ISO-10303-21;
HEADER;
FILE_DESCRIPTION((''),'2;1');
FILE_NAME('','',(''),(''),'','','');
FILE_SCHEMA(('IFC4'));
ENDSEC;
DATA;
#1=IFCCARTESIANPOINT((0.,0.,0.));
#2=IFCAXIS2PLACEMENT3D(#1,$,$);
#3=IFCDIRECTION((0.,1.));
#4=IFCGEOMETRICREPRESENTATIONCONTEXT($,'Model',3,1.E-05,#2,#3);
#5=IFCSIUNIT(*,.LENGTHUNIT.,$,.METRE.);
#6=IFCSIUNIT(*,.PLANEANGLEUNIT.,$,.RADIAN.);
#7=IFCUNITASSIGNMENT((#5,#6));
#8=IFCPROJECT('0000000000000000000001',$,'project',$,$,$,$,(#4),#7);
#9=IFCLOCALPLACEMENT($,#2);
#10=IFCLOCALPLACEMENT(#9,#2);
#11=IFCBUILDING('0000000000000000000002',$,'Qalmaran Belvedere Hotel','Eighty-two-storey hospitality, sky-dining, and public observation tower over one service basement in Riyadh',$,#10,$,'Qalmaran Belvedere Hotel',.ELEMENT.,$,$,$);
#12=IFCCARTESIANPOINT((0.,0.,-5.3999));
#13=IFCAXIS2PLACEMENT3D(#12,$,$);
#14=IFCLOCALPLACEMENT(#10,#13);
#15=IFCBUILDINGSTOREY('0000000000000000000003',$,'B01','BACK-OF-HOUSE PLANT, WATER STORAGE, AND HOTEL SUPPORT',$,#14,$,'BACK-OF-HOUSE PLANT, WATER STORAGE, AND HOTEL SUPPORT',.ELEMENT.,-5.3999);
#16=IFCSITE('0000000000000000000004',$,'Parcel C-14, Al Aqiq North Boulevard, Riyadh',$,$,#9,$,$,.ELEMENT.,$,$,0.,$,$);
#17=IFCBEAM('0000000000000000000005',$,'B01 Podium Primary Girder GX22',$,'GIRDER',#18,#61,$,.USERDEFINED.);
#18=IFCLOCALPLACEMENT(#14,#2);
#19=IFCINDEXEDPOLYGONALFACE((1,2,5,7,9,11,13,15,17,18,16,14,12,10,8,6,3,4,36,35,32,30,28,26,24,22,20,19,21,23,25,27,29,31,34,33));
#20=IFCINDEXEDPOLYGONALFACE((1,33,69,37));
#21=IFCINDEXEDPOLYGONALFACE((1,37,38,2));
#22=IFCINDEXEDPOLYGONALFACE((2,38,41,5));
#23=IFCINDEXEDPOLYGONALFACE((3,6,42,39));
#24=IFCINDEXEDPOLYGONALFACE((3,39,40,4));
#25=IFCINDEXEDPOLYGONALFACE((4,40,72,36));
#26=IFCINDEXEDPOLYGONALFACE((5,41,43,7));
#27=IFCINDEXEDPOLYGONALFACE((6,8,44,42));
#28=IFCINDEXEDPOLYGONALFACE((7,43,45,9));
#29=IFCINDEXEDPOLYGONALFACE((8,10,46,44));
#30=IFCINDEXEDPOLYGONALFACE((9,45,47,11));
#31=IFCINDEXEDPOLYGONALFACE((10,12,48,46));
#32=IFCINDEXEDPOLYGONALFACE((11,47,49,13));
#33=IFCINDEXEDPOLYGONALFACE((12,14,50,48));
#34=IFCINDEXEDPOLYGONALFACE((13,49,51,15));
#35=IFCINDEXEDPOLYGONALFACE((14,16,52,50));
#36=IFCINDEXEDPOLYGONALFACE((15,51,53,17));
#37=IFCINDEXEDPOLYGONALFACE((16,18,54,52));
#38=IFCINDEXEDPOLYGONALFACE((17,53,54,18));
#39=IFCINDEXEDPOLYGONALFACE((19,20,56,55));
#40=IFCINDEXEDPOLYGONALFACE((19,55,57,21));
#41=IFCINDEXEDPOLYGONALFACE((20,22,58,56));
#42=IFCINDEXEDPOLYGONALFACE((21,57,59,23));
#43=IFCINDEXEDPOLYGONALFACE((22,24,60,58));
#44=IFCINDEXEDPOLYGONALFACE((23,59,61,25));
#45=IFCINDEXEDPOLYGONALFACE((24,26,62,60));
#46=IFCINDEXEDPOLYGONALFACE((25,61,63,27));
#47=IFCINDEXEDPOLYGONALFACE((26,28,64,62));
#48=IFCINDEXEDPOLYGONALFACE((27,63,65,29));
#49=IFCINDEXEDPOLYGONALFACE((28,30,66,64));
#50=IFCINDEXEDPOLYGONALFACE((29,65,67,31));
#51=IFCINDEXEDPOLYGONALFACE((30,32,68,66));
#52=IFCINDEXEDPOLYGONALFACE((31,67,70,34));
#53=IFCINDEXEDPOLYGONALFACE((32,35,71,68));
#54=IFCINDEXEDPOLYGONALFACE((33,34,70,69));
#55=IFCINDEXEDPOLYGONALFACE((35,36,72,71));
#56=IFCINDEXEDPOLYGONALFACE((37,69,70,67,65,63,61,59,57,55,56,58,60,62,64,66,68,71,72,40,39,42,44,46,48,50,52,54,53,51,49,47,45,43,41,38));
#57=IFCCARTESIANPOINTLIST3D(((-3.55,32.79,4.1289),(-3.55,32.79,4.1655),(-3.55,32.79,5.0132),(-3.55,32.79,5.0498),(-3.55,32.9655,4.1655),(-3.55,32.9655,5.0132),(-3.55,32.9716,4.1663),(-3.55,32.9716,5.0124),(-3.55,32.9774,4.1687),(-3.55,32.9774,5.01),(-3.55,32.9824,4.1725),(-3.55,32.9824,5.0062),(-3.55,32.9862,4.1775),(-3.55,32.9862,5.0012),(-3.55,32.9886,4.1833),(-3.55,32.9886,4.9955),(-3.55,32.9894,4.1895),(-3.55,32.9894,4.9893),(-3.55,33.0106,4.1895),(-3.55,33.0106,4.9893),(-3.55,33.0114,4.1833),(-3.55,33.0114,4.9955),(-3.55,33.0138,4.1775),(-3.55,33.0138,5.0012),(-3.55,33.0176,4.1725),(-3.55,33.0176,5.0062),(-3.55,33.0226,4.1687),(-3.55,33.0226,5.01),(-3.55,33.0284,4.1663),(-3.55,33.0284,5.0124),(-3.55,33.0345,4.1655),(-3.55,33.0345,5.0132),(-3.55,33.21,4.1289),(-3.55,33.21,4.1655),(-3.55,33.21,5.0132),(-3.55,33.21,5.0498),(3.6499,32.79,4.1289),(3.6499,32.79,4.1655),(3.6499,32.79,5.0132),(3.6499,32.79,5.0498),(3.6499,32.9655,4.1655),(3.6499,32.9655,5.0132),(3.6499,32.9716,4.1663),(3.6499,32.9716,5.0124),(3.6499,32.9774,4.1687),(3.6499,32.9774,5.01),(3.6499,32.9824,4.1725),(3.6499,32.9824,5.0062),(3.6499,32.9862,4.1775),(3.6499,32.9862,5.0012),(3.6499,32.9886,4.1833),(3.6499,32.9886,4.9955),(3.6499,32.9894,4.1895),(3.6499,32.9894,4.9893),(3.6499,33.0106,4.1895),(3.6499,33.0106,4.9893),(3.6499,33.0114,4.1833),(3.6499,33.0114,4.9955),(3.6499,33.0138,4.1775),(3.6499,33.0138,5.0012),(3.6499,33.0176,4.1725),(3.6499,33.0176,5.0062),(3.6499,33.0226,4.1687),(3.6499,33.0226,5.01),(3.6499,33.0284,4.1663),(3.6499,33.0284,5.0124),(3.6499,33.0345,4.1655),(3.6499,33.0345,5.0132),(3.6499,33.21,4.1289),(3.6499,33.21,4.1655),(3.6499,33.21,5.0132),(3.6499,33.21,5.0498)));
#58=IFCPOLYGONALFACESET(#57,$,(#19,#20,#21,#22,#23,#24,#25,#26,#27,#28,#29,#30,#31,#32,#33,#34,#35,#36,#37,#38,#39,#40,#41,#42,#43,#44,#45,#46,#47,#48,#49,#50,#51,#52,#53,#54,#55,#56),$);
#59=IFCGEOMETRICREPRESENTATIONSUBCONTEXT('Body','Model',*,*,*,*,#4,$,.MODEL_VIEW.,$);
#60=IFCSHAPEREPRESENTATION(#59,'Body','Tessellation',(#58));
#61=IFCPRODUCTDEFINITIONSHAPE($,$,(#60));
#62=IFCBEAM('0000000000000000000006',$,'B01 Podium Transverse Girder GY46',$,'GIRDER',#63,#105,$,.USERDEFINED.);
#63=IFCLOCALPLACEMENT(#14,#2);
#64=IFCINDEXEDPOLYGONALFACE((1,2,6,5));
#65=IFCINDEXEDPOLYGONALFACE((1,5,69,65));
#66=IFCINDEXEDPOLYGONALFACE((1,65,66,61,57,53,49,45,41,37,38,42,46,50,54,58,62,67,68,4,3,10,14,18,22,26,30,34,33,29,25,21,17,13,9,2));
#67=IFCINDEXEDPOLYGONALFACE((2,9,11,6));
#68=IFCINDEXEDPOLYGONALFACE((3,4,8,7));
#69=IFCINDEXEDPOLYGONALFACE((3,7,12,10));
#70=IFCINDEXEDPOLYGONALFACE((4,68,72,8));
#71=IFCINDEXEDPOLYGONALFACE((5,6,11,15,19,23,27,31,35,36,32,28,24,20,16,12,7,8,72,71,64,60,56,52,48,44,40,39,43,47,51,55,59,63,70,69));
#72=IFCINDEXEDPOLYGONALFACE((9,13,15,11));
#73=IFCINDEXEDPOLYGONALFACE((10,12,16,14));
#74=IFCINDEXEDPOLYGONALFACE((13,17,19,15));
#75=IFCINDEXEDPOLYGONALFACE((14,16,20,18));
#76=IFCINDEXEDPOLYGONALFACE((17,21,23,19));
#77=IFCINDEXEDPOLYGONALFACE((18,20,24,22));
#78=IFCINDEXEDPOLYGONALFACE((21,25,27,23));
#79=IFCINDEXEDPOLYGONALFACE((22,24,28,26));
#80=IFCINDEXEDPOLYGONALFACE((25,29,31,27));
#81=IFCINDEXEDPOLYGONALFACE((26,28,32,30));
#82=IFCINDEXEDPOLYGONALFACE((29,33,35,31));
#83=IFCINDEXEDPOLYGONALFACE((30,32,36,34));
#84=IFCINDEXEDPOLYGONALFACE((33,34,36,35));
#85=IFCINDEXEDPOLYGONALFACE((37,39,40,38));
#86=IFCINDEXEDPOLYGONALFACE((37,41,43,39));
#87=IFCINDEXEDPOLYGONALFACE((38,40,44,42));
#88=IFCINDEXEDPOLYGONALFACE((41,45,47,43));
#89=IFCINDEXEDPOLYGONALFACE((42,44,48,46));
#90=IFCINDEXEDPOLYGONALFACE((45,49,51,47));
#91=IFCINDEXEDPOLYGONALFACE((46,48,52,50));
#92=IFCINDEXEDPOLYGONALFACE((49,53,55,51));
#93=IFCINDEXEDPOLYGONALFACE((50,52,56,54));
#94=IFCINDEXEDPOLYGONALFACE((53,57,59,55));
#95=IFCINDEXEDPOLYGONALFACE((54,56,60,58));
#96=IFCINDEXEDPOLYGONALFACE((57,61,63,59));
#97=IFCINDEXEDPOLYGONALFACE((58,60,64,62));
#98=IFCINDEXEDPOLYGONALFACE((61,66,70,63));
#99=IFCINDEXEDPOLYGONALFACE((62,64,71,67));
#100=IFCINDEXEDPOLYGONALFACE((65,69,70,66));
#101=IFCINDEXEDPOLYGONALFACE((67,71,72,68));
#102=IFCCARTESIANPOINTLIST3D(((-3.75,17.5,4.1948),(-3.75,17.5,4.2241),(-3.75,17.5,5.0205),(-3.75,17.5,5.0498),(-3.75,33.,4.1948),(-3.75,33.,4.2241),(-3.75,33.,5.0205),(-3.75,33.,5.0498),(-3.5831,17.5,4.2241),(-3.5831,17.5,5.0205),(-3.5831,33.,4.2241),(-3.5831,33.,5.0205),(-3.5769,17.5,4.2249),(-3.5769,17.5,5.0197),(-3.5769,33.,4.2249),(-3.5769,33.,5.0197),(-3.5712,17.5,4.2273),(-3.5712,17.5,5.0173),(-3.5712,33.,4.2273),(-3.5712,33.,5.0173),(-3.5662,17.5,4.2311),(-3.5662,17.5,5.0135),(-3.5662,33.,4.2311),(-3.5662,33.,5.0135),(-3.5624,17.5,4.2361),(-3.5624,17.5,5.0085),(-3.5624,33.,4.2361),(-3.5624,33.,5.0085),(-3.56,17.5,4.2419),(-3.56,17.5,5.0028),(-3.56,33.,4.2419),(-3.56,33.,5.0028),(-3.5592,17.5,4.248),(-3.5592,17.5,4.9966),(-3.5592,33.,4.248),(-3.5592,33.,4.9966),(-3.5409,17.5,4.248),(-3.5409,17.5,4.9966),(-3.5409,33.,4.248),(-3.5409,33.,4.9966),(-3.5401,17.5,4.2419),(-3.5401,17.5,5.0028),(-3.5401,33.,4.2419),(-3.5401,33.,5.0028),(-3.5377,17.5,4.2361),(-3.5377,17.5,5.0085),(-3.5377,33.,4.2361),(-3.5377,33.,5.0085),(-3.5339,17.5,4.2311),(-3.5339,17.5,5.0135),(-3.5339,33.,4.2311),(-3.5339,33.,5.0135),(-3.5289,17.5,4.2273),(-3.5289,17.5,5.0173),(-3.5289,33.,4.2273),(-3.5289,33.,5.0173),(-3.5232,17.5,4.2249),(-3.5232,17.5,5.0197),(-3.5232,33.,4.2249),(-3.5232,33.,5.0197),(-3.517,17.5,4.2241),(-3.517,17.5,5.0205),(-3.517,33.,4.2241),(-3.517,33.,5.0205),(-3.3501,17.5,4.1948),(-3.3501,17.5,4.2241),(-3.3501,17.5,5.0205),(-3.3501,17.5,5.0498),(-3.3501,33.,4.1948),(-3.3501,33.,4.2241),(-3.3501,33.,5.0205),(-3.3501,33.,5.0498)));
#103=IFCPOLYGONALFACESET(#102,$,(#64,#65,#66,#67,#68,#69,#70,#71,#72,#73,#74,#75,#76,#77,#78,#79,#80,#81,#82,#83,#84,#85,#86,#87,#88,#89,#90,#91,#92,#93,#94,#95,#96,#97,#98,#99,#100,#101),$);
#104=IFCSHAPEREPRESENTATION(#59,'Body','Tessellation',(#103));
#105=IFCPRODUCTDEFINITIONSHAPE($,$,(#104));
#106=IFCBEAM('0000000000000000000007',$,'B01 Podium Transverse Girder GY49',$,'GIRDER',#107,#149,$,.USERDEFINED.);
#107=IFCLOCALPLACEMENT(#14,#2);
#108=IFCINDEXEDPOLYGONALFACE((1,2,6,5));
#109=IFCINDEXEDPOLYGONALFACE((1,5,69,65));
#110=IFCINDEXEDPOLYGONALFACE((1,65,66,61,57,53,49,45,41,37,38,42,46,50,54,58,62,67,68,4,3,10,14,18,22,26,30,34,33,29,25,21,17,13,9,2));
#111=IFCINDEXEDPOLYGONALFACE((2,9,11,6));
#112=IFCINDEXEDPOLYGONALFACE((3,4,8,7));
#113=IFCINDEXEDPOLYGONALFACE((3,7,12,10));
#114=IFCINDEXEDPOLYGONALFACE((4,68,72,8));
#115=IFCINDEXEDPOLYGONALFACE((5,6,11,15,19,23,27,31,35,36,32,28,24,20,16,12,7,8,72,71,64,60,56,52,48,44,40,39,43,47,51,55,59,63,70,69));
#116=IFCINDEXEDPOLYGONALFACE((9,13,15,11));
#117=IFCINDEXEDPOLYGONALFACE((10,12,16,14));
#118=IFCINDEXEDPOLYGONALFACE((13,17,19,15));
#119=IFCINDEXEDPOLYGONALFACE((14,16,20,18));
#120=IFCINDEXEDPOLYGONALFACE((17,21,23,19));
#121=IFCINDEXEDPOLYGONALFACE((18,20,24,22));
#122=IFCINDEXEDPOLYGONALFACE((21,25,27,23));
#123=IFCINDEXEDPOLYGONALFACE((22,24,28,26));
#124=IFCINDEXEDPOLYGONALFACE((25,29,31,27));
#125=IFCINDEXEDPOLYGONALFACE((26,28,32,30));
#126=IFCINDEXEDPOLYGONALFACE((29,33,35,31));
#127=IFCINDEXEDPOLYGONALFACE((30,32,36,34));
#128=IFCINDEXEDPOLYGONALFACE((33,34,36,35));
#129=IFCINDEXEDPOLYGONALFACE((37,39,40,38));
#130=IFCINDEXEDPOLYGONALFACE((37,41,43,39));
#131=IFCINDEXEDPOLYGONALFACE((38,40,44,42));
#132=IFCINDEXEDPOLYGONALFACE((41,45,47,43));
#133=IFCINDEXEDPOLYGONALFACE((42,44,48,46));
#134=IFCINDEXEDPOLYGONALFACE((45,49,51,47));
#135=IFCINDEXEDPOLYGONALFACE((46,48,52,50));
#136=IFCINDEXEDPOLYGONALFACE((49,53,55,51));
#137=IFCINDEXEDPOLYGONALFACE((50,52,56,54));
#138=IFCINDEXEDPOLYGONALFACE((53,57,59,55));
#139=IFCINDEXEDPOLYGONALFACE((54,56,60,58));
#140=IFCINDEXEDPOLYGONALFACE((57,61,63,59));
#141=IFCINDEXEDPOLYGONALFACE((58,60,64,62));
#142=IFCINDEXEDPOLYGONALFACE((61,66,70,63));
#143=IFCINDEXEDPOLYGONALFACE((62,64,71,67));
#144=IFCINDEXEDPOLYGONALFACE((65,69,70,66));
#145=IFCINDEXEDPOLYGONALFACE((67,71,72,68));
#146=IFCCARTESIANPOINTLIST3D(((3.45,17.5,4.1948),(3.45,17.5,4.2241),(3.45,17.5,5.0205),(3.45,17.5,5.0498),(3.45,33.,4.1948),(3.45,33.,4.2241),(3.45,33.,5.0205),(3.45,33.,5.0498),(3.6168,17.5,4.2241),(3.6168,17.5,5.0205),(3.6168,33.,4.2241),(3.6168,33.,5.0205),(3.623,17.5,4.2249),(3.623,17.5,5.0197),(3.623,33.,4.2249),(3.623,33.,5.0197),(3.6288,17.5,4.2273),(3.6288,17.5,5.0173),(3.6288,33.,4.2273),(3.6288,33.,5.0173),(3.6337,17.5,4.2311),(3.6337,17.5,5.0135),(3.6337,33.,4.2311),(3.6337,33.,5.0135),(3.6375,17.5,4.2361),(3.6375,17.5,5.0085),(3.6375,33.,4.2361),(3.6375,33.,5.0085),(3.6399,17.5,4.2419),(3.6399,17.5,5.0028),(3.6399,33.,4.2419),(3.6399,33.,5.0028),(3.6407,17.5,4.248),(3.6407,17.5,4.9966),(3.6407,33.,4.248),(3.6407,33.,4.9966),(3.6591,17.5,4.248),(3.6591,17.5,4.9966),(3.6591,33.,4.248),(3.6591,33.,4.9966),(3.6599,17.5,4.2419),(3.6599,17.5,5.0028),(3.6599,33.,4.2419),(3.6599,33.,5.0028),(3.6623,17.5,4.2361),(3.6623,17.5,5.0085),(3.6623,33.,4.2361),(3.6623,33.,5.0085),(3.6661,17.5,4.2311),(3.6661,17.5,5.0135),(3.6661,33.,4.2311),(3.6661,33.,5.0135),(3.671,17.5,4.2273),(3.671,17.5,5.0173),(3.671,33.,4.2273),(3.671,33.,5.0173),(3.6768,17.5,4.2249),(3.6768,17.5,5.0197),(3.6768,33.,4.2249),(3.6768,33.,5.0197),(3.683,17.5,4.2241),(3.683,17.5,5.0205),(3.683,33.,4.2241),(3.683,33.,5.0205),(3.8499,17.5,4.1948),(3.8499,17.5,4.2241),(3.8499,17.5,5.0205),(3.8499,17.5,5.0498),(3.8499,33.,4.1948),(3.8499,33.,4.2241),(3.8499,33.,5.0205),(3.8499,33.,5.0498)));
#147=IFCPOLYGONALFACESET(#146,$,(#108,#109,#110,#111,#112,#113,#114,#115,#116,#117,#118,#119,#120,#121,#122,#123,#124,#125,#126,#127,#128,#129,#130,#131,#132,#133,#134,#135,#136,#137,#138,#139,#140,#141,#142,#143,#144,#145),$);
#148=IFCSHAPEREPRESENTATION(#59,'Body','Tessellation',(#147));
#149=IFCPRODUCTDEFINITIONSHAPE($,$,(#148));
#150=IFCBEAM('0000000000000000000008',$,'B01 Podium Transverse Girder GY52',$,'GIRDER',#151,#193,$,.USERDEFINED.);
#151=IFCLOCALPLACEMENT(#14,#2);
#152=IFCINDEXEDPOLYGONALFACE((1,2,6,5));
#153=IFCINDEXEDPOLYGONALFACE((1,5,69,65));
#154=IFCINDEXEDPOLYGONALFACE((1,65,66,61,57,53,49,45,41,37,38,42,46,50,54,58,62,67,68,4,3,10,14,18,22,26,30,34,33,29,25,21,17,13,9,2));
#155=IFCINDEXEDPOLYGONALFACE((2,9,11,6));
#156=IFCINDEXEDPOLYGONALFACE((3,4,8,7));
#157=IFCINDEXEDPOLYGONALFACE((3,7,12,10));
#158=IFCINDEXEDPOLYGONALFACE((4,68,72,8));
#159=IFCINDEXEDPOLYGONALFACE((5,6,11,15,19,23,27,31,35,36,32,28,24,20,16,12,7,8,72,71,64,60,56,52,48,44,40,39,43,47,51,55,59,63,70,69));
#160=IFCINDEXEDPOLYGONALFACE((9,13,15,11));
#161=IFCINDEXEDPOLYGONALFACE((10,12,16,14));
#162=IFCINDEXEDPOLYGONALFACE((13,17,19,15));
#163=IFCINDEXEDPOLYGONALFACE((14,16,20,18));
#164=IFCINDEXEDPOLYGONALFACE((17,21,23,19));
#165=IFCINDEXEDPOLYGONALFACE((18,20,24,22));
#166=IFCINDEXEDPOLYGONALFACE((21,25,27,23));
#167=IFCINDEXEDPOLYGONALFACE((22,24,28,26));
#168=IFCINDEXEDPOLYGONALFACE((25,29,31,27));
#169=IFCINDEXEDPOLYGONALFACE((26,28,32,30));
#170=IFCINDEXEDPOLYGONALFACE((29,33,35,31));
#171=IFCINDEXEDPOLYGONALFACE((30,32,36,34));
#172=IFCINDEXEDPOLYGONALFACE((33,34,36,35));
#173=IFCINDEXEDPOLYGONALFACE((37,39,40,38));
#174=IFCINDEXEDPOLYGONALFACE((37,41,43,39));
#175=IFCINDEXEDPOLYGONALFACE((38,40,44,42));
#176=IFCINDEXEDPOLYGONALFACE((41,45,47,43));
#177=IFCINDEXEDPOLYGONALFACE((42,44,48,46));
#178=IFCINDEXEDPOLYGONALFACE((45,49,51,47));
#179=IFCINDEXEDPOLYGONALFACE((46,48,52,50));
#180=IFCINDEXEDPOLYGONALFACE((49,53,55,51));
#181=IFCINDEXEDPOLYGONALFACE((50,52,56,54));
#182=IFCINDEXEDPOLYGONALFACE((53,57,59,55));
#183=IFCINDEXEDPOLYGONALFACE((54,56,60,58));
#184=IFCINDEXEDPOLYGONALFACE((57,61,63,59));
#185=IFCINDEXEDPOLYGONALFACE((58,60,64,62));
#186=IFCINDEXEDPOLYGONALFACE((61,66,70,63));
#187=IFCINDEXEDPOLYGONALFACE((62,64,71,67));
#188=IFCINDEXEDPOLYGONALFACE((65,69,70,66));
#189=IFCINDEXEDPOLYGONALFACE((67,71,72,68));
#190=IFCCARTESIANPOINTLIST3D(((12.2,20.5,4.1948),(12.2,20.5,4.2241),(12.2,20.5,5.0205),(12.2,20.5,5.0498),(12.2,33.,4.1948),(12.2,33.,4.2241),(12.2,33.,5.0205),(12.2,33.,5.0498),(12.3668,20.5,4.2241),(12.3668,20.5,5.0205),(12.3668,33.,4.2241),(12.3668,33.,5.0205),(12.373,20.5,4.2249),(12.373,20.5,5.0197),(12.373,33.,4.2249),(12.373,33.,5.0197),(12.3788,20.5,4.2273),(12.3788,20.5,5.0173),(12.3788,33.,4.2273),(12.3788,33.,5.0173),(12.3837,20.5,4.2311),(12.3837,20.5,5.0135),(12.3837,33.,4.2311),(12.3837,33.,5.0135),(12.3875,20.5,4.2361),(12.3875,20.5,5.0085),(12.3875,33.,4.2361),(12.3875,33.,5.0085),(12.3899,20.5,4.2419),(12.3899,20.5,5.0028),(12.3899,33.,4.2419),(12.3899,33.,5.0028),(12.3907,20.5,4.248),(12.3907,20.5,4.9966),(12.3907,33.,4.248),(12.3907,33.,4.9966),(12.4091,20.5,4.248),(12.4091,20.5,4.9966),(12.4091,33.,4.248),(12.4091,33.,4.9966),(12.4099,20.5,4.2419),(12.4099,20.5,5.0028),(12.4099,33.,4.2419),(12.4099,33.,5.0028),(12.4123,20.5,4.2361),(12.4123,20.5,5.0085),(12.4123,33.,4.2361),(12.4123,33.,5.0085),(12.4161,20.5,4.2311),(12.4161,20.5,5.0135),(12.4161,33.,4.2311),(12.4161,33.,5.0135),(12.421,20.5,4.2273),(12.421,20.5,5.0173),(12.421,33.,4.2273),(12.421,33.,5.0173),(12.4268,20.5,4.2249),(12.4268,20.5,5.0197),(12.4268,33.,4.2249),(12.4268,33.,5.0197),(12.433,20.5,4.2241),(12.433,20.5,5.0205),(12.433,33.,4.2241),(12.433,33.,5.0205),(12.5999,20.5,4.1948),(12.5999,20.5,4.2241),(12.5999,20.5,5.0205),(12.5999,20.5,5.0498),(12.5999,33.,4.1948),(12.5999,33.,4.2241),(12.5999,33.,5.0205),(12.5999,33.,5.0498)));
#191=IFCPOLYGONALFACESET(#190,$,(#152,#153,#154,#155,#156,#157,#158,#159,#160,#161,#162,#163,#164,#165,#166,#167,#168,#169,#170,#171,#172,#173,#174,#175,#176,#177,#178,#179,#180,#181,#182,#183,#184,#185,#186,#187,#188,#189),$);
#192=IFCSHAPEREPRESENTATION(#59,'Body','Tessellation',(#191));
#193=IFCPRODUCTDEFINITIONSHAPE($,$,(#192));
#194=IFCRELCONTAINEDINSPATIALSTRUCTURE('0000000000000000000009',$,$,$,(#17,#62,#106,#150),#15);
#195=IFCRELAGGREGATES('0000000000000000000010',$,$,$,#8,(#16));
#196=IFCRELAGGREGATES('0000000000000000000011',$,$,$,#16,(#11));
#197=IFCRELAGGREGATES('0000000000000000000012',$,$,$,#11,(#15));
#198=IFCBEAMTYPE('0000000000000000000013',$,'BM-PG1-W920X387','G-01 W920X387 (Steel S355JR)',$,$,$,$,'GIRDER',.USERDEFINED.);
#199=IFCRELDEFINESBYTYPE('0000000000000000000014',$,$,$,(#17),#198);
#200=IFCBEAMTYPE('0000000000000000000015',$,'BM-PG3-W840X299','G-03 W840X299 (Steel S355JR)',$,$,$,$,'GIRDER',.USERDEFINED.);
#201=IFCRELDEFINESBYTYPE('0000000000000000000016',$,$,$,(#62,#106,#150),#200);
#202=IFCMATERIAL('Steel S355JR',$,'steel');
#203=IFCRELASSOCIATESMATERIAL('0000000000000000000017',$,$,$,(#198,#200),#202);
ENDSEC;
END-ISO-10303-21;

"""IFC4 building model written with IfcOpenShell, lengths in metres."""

from ifc_helpers import new_model, si_unit, direction, frame, origin, origin_2d, place, context, subcontext, project, spatial, i_section, extrude, material, material_profile, profile_set, type_object, element, save


model = new_model("IFC4")

# Units and contexts
model_context = context("Model", 3, precision=1e-05, world=origin(), true_north=direction((0.0, 1.0)))
body_context = subcontext(model_context, "Body", "Model", "MODEL_VIEW")
ifc_project = project(units=[si_unit("LENGTHUNIT", "METRE"), si_unit("PLANEANGLEUNIT", "RADIAN")], contexts=[model_context])

# Site, building, storey
site_placement = place(None, origin())
site = spatial("IfcSite", under=ifc_project, at=site_placement, Name="Parcel C-14, Al Aqiq North Boulevard, Riyadh", CompositionType="ELEMENT", RefElevation=0.0)
building_placement = place(site_placement, origin())
building = spatial("IfcBuilding", under=site, at=building_placement, Name="Qalmaran Belvedere Hotel", Description="Eighty-two-storey hospitality, sky-dining, and public observation tower over one service basement in Riyadh", LongName="Qalmaran Belvedere Hotel", CompositionType="ELEMENT")
storey_placement = place(building_placement, frame((0.0, 0.0, -5.3999)))
storey = spatial("IfcBuildingStorey", under=building, at=storey_placement, Name="B01", Description="BACK-OF-HOUSE PLANT, WATER STORAGE, AND HOTEL SUPPORT", LongName="BACK-OF-HOUSE PLANT, WATER STORAGE, AND HOTEL SUPPORT", CompositionType="ELEMENT", Elevation=-5.3999)

# Beams
ifc_material_1 = material(Name="Steel S355JR", Category="steel")
ifc_material_profile_1 = material_profile(ifc_material_1, i_section(OverallWidth=0.4199, OverallDepth=0.9209, WebThickness=0.0212, FlangeThickness=0.0366, FilletRadius=0.0239, at=origin_2d()), Name="W920X387")
ifc_profile_set_1 = profile_set([ifc_material_profile_1], Name="Steel S355JR")
beam_type_1 = type_object("IfcBeamType", Name="BM-PG1-W920X387", Description="G-01 W920X387 (Steel S355JR)", ElementType="GIRDER", PredefinedType="USERDEFINED", material=ifc_profile_set_1)
beam_1_placement = place(storey_placement, frame((-3.55, 33.0, 4.5894), z_axis=(1.0, 0.0, 0.0), x_axis=(0.0, 1.0, 0.0)))
element("IfcBeam", 1, at=beam_1_placement, inside=storey, type_object=beam_type_1, Name="B01 Podium Primary Girder GX22", ObjectType="GIRDER", PredefinedType="USERDEFINED", context=body_context, shape_type="SweptSolid", body=[
    extrude(i_section(OverallWidth=0.4199, OverallDepth=0.9209, WebThickness=0.0212, FlangeThickness=0.0366, FilletRadius=0.0239, at=origin_2d()), origin(), (0.0, 0.0, 1.0), 7.2),
])
ifc_material_profile_2 = material_profile(ifc_material_1, i_section(OverallWidth=0.3999, OverallDepth=0.855, WebThickness=0.0183, FlangeThickness=0.0293, FilletRadius=0.0239, at=origin_2d()), Name="W840X299")
ifc_profile_set_2 = profile_set([ifc_material_profile_2], Name="Steel S355JR")
beam_type_2 = type_object("IfcBeamType", Name="BM-PG3-W840X299", Description="G-03 W840X299 (Steel S355JR)", ElementType="GIRDER", PredefinedType="USERDEFINED", material=ifc_profile_set_2)
for number, where, z_axis, x_axis, name in (
    (2, (-3.55, 17.5, 4.6223), (0.0, 1.0, 0.0), (-1.0, 0.0, 0.0), "B01 Podium Transverse Girder GY46"),
    (3, (3.6499, 17.5, 4.6223), (0.0, 1.0, 0.0), (-1.0, 0.0, 0.0), "B01 Podium Transverse Girder GY49"),
):
    element("IfcBeam", number, at=place(storey_placement, frame(where, z_axis=z_axis, x_axis=x_axis)), inside=storey, type_object=beam_type_2, Name=name, ObjectType="GIRDER", PredefinedType="USERDEFINED", context=body_context, shape_type="SweptSolid", body=[
        extrude(i_section(OverallWidth=0.3999, OverallDepth=0.855, WebThickness=0.0183, FlangeThickness=0.0293, FilletRadius=0.0239, at=origin_2d()), origin(), (0.0, 0.0, 1.0), 15.5),
    ])
beam_2_placement = place(storey_placement, frame((12.3999, 20.5, 4.6223), z_axis=(0.0, 1.0, 0.0), x_axis=(-1.0, 0.0, 0.0)))
element("IfcBeam", 4, at=beam_2_placement, inside=storey, type_object=beam_type_2, Name="B01 Podium Transverse Girder GY52", ObjectType="GIRDER", PredefinedType="USERDEFINED", context=body_context, shape_type="SweptSolid", body=[
    extrude(i_section(OverallWidth=0.3999, OverallDepth=0.855, WebThickness=0.0183, FlangeThickness=0.0293, FilletRadius=0.0239, at=origin_2d()), origin(), (0.0, 0.0, 1.0), 12.5),
])

save(model, "model.ifc")
